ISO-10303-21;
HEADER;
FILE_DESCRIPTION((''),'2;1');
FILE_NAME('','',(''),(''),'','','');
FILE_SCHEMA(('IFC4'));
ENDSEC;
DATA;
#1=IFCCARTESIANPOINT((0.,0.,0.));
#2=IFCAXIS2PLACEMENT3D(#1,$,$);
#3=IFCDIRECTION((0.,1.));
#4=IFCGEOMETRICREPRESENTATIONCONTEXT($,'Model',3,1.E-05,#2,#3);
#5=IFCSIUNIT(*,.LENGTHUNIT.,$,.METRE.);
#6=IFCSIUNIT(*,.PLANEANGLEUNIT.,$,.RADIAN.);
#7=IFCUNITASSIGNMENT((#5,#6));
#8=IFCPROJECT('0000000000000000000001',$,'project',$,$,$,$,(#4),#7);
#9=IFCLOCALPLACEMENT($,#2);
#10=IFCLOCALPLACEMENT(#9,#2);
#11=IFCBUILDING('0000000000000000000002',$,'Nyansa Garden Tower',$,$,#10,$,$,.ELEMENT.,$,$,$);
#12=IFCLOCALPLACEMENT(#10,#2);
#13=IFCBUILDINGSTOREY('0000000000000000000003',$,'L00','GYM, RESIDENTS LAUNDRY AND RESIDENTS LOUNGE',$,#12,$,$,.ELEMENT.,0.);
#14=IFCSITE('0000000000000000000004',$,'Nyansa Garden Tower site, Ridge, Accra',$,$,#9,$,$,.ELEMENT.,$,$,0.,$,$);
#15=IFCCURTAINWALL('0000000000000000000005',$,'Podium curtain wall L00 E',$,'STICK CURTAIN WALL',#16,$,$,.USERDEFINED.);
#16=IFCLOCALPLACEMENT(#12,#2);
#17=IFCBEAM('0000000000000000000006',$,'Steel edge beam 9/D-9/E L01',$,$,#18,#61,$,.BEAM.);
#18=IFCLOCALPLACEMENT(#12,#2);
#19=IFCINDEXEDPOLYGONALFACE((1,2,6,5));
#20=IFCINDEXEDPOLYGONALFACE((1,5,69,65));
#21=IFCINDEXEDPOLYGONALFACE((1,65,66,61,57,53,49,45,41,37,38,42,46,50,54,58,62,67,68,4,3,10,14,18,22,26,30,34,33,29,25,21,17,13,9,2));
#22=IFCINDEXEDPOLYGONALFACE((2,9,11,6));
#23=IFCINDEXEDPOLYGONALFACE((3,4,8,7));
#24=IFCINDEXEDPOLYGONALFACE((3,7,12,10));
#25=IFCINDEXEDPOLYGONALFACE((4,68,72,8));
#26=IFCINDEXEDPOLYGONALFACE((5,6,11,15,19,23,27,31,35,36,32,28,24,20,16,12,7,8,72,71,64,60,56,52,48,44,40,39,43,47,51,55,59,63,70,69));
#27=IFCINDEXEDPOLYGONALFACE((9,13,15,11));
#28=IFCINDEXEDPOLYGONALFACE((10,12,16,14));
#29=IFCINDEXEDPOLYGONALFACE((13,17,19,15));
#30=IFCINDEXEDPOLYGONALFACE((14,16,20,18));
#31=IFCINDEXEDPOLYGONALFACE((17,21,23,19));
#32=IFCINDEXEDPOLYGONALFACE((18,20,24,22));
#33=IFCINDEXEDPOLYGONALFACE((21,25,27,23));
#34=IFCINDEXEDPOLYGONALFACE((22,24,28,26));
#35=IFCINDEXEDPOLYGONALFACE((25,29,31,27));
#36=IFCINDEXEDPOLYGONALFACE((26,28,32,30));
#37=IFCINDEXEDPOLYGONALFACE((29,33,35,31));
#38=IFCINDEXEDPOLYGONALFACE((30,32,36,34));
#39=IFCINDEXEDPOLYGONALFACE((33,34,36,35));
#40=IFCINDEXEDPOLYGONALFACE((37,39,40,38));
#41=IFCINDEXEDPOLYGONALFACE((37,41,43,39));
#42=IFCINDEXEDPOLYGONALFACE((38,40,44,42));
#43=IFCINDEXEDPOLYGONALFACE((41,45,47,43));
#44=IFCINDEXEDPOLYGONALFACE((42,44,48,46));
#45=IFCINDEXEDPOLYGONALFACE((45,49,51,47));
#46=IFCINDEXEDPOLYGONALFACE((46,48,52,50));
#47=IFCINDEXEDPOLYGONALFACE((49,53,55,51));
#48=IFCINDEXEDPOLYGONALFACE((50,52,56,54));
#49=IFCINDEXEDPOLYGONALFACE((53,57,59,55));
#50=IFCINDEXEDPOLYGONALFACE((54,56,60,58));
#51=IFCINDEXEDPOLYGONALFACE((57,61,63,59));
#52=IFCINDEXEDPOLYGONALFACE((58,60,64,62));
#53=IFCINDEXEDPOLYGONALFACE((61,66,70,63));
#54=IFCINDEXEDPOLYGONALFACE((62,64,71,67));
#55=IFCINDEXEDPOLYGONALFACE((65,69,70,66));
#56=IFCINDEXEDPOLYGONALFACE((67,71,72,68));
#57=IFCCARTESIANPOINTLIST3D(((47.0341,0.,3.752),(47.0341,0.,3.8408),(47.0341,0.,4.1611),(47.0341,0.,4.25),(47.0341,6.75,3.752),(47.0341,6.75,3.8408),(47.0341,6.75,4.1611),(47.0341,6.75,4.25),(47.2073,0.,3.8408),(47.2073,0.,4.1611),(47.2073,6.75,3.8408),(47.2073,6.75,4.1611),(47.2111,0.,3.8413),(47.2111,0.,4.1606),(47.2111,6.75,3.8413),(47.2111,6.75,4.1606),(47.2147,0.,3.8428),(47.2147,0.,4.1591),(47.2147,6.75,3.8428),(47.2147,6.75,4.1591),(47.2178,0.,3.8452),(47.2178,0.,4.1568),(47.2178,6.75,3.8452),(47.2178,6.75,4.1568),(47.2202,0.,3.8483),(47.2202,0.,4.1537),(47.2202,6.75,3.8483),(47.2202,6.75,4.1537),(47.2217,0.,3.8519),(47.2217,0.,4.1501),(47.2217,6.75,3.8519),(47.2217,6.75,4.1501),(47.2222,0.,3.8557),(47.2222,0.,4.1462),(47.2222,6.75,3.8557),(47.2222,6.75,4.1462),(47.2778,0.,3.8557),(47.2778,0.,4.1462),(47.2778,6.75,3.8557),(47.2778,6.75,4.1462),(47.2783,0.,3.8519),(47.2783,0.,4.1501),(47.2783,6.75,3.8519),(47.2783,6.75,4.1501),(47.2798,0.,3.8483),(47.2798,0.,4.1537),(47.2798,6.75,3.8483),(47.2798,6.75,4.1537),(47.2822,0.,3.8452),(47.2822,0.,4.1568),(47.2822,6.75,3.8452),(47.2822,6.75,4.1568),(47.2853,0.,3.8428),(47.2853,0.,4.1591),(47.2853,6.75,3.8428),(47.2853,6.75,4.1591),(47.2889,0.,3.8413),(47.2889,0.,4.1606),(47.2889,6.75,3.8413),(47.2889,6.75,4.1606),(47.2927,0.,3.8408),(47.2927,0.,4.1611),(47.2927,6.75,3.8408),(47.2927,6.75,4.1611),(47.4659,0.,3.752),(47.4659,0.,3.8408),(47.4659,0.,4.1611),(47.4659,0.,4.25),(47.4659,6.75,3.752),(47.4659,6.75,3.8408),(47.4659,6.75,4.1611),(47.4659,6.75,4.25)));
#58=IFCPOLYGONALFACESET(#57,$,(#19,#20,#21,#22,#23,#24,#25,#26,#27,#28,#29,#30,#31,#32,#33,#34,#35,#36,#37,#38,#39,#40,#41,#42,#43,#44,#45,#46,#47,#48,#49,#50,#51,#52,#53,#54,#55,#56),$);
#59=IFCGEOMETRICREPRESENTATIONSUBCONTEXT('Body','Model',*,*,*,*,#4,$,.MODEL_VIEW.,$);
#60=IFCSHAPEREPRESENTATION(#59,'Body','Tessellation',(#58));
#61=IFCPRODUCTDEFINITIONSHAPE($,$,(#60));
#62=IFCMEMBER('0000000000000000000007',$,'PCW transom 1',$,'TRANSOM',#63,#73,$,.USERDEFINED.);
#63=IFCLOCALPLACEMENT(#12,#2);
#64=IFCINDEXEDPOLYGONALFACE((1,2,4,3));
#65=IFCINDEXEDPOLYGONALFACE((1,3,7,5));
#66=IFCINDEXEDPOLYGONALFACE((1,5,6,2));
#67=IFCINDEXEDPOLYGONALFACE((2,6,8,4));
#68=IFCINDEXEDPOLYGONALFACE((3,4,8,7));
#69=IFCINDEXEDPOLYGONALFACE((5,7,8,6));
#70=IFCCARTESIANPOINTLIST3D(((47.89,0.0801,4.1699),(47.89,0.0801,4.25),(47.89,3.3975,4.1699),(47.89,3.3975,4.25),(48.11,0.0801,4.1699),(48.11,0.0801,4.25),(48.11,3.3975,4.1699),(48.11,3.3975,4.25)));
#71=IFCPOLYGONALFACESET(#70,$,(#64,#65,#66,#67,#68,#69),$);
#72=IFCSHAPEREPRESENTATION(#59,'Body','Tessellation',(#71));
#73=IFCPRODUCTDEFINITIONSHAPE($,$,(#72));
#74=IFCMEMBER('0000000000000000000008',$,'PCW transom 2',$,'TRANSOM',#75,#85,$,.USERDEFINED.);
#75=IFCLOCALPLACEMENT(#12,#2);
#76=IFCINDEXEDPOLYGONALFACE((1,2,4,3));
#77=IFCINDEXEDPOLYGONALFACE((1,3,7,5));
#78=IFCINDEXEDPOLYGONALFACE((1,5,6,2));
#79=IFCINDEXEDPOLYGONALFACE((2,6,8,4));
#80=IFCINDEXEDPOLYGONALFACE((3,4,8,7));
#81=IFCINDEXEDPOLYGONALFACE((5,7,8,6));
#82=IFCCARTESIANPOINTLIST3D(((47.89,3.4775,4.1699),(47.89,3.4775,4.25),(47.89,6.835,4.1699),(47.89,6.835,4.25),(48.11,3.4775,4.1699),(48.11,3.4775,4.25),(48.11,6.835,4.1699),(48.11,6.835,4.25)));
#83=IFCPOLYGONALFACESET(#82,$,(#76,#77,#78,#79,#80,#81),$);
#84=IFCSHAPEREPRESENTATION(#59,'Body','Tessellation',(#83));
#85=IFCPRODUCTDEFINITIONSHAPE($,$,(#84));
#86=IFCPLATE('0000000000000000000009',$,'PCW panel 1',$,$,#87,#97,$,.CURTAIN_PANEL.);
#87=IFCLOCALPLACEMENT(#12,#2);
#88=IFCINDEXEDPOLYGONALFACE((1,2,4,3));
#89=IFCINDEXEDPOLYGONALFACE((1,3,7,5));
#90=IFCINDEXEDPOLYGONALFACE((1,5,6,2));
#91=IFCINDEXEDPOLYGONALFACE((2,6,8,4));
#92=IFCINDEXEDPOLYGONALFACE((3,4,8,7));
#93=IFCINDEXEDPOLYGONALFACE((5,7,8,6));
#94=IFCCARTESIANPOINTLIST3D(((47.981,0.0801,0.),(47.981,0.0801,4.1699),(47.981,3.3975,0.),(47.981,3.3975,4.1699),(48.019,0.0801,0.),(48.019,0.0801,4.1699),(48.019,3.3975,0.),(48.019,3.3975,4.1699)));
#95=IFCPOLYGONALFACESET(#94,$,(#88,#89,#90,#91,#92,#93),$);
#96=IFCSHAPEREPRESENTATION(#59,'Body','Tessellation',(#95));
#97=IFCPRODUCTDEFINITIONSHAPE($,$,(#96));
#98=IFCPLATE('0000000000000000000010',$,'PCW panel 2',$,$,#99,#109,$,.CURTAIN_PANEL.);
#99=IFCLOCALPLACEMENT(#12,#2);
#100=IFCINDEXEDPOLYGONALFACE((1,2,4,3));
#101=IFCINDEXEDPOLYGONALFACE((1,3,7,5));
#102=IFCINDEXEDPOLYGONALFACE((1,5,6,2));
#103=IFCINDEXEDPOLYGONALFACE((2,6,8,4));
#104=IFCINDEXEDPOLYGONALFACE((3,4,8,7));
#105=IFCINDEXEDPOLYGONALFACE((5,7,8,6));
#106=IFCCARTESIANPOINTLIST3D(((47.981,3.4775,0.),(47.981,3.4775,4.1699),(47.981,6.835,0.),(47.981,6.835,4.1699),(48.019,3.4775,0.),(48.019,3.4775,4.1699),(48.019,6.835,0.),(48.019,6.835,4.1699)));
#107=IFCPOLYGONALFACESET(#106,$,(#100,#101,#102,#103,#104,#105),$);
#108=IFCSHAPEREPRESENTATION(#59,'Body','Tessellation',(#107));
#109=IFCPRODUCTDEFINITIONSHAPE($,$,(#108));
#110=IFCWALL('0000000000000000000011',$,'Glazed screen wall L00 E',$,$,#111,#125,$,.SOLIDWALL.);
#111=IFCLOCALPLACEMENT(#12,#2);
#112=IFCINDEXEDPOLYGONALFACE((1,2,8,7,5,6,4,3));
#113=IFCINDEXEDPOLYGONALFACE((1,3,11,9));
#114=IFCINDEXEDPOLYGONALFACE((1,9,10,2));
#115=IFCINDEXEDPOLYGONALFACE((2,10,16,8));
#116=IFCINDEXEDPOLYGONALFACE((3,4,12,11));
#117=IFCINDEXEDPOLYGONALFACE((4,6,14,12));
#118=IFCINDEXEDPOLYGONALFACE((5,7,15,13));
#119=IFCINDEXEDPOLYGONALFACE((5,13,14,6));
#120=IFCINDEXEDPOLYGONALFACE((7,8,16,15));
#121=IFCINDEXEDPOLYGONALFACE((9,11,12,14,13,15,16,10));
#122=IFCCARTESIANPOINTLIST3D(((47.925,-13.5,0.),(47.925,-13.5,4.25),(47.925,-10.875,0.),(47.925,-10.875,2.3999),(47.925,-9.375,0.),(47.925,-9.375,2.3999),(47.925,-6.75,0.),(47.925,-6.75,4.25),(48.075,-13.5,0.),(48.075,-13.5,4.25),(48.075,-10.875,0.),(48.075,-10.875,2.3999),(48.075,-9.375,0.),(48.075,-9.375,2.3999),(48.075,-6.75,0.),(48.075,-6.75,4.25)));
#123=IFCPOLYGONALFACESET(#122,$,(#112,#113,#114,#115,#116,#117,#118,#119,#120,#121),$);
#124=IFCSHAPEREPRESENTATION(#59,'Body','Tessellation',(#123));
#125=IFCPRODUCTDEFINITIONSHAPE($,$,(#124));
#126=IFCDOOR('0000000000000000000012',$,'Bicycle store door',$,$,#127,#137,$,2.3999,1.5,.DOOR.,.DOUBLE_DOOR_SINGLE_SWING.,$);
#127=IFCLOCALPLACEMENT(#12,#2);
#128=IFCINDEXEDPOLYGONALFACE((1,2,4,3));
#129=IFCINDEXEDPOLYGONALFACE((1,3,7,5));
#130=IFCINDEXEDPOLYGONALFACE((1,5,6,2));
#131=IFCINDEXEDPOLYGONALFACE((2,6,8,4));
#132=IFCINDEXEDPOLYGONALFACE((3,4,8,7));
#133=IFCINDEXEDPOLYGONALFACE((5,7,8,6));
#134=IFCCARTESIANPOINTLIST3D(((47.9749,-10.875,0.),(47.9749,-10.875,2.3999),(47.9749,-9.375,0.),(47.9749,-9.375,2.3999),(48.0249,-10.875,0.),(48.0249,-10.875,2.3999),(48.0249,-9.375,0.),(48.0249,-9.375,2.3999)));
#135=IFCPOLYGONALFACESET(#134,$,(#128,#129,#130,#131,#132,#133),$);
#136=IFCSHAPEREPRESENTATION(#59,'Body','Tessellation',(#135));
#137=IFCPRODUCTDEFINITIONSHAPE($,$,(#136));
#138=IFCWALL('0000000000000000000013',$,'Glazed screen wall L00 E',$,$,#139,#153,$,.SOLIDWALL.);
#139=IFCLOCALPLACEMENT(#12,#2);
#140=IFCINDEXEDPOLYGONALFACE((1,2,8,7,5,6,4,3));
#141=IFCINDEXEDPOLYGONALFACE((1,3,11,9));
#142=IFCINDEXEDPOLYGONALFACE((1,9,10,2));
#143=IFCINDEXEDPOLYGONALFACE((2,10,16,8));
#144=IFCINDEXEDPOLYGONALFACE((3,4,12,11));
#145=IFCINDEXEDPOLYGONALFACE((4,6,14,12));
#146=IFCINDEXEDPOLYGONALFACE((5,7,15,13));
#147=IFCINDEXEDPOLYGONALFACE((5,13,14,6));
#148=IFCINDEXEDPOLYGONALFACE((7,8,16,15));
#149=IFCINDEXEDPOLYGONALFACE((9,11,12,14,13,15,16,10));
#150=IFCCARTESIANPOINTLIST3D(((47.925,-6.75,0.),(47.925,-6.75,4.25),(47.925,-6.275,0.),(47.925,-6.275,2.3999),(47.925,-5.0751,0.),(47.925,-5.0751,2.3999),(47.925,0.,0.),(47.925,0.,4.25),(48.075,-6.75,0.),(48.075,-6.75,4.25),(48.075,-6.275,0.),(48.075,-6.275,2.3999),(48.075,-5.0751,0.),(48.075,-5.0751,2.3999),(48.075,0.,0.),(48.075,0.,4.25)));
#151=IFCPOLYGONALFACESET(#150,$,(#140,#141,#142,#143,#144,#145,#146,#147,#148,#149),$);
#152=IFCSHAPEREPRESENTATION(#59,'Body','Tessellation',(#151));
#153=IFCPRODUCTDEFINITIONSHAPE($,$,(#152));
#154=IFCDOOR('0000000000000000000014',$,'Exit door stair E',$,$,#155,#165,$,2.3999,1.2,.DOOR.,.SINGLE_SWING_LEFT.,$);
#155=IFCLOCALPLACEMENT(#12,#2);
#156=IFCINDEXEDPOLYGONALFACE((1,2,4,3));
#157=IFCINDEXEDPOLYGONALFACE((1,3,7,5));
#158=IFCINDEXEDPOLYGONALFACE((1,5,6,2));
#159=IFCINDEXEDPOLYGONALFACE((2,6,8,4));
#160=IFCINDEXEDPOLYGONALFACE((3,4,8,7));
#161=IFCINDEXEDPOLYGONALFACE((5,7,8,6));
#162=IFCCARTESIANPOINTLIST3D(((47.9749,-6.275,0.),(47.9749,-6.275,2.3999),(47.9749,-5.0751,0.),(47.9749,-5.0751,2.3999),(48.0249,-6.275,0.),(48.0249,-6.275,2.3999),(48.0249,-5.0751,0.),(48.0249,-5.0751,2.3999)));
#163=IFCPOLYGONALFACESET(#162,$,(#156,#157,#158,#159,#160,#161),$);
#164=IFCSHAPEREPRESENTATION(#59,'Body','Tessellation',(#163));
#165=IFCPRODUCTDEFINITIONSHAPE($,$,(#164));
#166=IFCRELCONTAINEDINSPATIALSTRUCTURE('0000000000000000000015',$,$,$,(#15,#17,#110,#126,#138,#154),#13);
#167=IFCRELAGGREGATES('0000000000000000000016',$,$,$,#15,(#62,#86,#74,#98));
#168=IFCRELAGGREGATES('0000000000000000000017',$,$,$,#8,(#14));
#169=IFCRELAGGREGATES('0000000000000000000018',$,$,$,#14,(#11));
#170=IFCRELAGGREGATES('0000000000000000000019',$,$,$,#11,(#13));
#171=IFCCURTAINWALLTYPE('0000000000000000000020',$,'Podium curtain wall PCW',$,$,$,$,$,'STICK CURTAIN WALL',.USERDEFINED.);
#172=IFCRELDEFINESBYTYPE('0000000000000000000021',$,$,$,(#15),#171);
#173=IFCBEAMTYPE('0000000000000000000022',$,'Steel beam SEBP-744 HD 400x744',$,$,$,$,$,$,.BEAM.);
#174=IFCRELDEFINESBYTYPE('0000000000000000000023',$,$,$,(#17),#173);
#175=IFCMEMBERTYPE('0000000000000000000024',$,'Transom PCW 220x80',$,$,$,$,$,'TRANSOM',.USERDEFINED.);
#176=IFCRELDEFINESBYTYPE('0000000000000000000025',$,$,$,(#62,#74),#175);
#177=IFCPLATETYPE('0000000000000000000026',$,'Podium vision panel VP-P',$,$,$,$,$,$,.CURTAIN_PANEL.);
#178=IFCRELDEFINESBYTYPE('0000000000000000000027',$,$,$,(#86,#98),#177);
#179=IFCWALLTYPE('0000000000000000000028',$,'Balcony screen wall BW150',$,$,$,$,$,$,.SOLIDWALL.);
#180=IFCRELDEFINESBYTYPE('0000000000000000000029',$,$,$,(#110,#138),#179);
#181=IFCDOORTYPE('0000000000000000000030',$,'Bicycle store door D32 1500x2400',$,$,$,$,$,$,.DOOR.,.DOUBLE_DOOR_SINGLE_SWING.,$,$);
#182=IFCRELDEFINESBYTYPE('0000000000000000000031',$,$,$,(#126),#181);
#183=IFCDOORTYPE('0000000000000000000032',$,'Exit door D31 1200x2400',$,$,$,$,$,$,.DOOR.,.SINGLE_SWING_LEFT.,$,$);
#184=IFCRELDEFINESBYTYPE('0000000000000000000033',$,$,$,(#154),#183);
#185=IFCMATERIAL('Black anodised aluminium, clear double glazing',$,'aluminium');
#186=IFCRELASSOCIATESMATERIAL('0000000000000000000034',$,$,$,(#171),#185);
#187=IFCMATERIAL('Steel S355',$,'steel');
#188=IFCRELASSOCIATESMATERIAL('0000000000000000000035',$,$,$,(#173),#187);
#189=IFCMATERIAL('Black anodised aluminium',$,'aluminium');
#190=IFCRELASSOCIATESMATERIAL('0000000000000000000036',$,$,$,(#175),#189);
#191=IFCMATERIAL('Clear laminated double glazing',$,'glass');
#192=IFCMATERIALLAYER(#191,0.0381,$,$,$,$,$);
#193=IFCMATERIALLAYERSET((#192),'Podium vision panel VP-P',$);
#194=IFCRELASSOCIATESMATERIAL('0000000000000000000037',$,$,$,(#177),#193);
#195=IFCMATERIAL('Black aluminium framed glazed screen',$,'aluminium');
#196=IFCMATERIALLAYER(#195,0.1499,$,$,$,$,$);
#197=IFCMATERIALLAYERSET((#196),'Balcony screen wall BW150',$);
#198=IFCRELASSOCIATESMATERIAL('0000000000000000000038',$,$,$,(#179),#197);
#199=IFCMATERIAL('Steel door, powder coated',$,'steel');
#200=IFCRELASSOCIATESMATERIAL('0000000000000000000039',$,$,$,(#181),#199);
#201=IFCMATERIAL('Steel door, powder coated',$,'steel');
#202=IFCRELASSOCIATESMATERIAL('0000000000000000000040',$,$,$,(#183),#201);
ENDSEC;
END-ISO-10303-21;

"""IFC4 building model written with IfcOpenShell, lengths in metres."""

from ifc_helpers import new_model, si_unit, direction, frame, frame_2d, origin, origin_2d, place, context, subcontext, project, spatial, rectangle, i_section, extrude, material, layer, layer_set, material_profile, profile_set, type_object, element, fill, aggregate, save


model = new_model("IFC4")

# Units and contexts
model_context = context("Model", 3, precision=1e-05, world=origin(), true_north=direction((0.0, 1.0)))
body_context = subcontext(model_context, "Body", "Model", "MODEL_VIEW")
ifc_project = project(units=[si_unit("LENGTHUNIT", "METRE"), si_unit("PLANEANGLEUNIT", "RADIAN")], contexts=[model_context])

# Site, building, storey
site_placement = place(None, origin())
site = spatial("IfcSite", under=ifc_project, at=site_placement, Name="Nyansa Garden Tower site, Ridge, Accra", CompositionType="ELEMENT", RefElevation=0.0)
building_placement = place(site_placement, origin())
building = spatial("IfcBuilding", under=site, at=building_placement, Name="Nyansa Garden Tower", CompositionType="ELEMENT")
storey_placement = place(building_placement, origin())
storey = spatial("IfcBuildingStorey", under=building, at=storey_placement, Name="L00", Description="GYM, RESIDENTS LAUNDRY AND RESIDENTS LOUNGE", CompositionType="ELEMENT", Elevation=0.0)

# Curtain wall
ifc_material_1 = material(Name="Black anodised aluminium, clear double glazing", Category="aluminium")
curtain_wall_type = type_object("IfcCurtainWallType", Name="Podium curtain wall PCW", ElementType="STICK CURTAIN WALL", PredefinedType="USERDEFINED", material=ifc_material_1)
curtain_wall_placement = place(storey_placement, origin())
curtain_wall = element("IfcCurtainWall", 1, at=curtain_wall_placement, inside=storey, type_object=curtain_wall_type, Name="Podium curtain wall L00 E", ObjectType="STICK CURTAIN WALL", PredefinedType="USERDEFINED")

# Beam
ifc_material_2 = material(Name="Steel S355", Category="steel")
ifc_material_profile_1 = material_profile(ifc_material_2, i_section(OverallWidth=0.4319, OverallDepth=0.498, WebThickness=0.0557, FlangeThickness=0.0889, FilletRadius=0.0149, at=origin_2d()), Name="HD 400x744")
ifc_profile_set_1 = profile_set([ifc_material_profile_1], Name="Steel S355")
beam_type = type_object("IfcBeamType", Name="Steel beam SEBP-744 HD 400x744", PredefinedType="BEAM", material=ifc_profile_set_1)
for number, where, z_axis, x_axis, name in (
    (2, (47.25, 0.0, 4.001), (0.0, 1.0, 0.0), (-1.0, 0.0, 0.0), "Steel edge beam 9/D-9/E L01"),
):
    element("IfcBeam", number, at=place(storey_placement, frame(where, z_axis=z_axis, x_axis=x_axis)), inside=storey, type_object=beam_type, Name=name, PredefinedType="BEAM", context=body_context, shape_type="SweptSolid", body=[
        extrude(i_section(OverallWidth=0.4319, OverallDepth=0.498, WebThickness=0.0557, FlangeThickness=0.0889, FilletRadius=0.0149, at=origin_2d()), origin(), (0.0, 0.0, 1.0), 6.75),
    ])

# Members
ifc_material_3 = material(Name="Black anodised aluminium", Category="aluminium")
ifc_material_profile_2 = material_profile(ifc_material_3, rectangle(XDim=0.22, YDim=0.0801, at=origin_2d()), Name="Transom 220x80")
ifc_profile_set_2 = profile_set([ifc_material_profile_2], Name="Black anodised aluminium")
member_type_1 = type_object("IfcMemberType", Name="Transom PCW 220x80", ElementType="TRANSOM", PredefinedType="USERDEFINED", material=ifc_profile_set_2)
member_1_placement = place(storey_placement, frame((48.0, 0.0801, 4.21), z_axis=(0.0, 1.0, 0.0), x_axis=(-1.0, 0.0, 0.0)))
member_1 = element("IfcMember", 3, at=member_1_placement, type_object=member_type_1, Name="PCW transom 1", ObjectType="TRANSOM", PredefinedType="USERDEFINED", context=body_context, shape_type="SweptSolid", body=[
    extrude(rectangle(XDim=0.22, YDim=0.0801, at=origin_2d()), origin(), (0.0, 0.0, 1.0), 3.3174),
])
member_2_placement = place(storey_placement, frame((48.0, 3.4775, 4.21), z_axis=(0.0, 1.0, 0.0), x_axis=(-1.0, 0.0, 0.0)))
member_2 = element("IfcMember", 4, at=member_2_placement, type_object=member_type_1, Name="PCW transom 2", ObjectType="TRANSOM", PredefinedType="USERDEFINED", context=body_context, shape_type="SweptSolid", body=[
    extrude(rectangle(XDim=0.22, YDim=0.0801, at=origin_2d()), origin(), (0.0, 0.0, 1.0), 3.3574),
])

# Plates
ifc_material_4 = material(Name="Clear laminated double glazing", Category="glass")
ifc_layer_1 = layer(ifc_material_4, 0.0381)
ifc_layer_set_1 = layer_set([ifc_layer_1], Name="Podium vision panel VP-P")
plate_type = type_object("IfcPlateType", Name="Podium vision panel VP-P", PredefinedType="CURTAIN_PANEL", material=ifc_layer_set_1)
plate_1_placement = place(storey_placement, frame((48.0, 1.7388, 0.0), z_axis=(0.0, 0.0, 1.0), x_axis=(0.0, 1.0, 0.0)))
plate_1 = element("IfcPlate", 5, at=plate_1_placement, type_object=plate_type, Name="PCW panel 1", PredefinedType="CURTAIN_PANEL", context=body_context, shape_type="SweptSolid", body=[
    extrude(rectangle(XDim=3.3174, YDim=0.0381, at=origin_2d()), origin(), (0.0, 0.0, 1.0), 4.1699),
])
plate_2_placement = place(storey_placement, frame((48.0, 5.1562, 0.0), z_axis=(0.0, 0.0, 1.0), x_axis=(0.0, 1.0, 0.0)))
plate_2 = element("IfcPlate", 6, at=plate_2_placement, type_object=plate_type, Name="PCW panel 2", PredefinedType="CURTAIN_PANEL", context=body_context, shape_type="SweptSolid", body=[
    extrude(rectangle(XDim=3.3574, YDim=0.0381, at=origin_2d()), origin(), (0.0, 0.0, 1.0), 4.1699),
])
aggregate(curtain_wall, [member_1, plate_1, member_2, plate_2])

# Walls, openings, doors
ifc_material_5 = material(Name="Black aluminium framed glazed screen", Category="aluminium")
ifc_layer_2 = layer(ifc_material_5, 0.1499)
ifc_layer_set_2 = layer_set([ifc_layer_2], Name="Balcony screen wall BW150")
wall_type_1 = type_object("IfcWallType", Name="Balcony screen wall BW150", PredefinedType="SOLIDWALL", material=ifc_layer_set_2)
wall_1_placement = place(storey_placement, frame((48.0, -6.75, 0.0), z_axis=(0.0, 0.0, 1.0), x_axis=(0.0, -1.0, 0.0)))
wall_1 = element("IfcWall", 7, at=wall_1_placement, inside=storey, type_object=wall_type_1, Name="Glazed screen wall L00 E", PredefinedType="SOLIDWALL", context=body_context, shape_type="SweptSolid", body=[
    extrude(rectangle(XDim=6.75, YDim=0.1499, at=frame_2d((3.375, 0.0))), origin(), (0.0, 0.0, 1.0), 4.25),
])
opening_1_placement = place(wall_1_placement, frame((2.625, 0.0, 0.0)))
opening_1 = element("IfcOpeningElement", 8, at=opening_1_placement, cuts=wall_1, PredefinedType="OPENING", context=body_context, shape_type="SweptSolid", body=[
    extrude(rectangle(XDim=1.5, YDim=2.3999, at=frame_2d((0.75, 1.2))), frame((0.0, 0.085, 0.0), z_axis=(0.0, -1.0, 0.0), x_axis=(1.0, 0.0, 0.0)), (0.0, 0.0, 1.0), 0.1699),
])
ifc_material_6 = material(Name="Steel door, powder coated", Category="steel")
door_type_1 = type_object("IfcDoorType", Name="Bicycle store door D32 1500x2400", OperationType="DOUBLE_DOOR_SINGLE_SWING", PredefinedType="DOOR", material=ifc_material_6)
door_1_placement = place(opening_1_placement, origin())
door_1 = element("IfcDoor", 9, at=door_1_placement, inside=storey, type_object=door_type_1, Name="Bicycle store door", OperationType="DOUBLE_DOOR_SINGLE_SWING", OverallHeight=2.3999, OverallWidth=1.5, PredefinedType="DOOR", context=body_context, shape_type="SweptSolid", body=[
    extrude(rectangle(XDim=1.5, YDim=2.3999, at=frame_2d((0.75, 1.2))), frame((0.0, 0.0249, 0.0), z_axis=(0.0, -1.0, 0.0), x_axis=(1.0, 0.0, 0.0)), (0.0, 0.0, 1.0), 0.05),
])
fill(opening_1, door_1)
wall_2_placement = place(storey_placement, frame((48.0, 0.0, 0.0), z_axis=(0.0, 0.0, 1.0), x_axis=(0.0, -1.0, 0.0)))
wall_2 = element("IfcWall", 10, at=wall_2_placement, inside=storey, type_object=wall_type_1, Name="Glazed screen wall L00 E", PredefinedType="SOLIDWALL", context=body_context, shape_type="SweptSolid", body=[
    extrude(rectangle(XDim=6.75, YDim=0.1499, at=frame_2d((3.375, 0.0))), origin(), (0.0, 0.0, 1.0), 4.25),
])
opening_2_placement = place(wall_2_placement, frame((5.075, 0.0, 0.0)))
opening_2 = element("IfcOpeningElement", 11, at=opening_2_placement, cuts=wall_2, PredefinedType="OPENING", context=body_context, shape_type="SweptSolid", body=[
    extrude(rectangle(XDim=1.2, YDim=2.3999, at=frame_2d((0.6001, 1.2))), frame((0.0, 0.085, 0.0), z_axis=(0.0, -1.0, 0.0), x_axis=(1.0, 0.0, 0.0)), (0.0, 0.0, 1.0), 0.1699),
])
ifc_material_7 = material(Name="Steel door, powder coated", Category="steel")
door_type_2 = type_object("IfcDoorType", Name="Exit door D31 1200x2400", OperationType="SINGLE_SWING_LEFT", PredefinedType="DOOR", material=ifc_material_7)
door_2_placement = place(opening_2_placement, origin())
door_2 = element("IfcDoor", 12, at=door_2_placement, inside=storey, type_object=door_type_2, Name="Exit door stair E", OperationType="SINGLE_SWING_LEFT", OverallHeight=2.3999, OverallWidth=1.2, PredefinedType="DOOR", context=body_context, shape_type="SweptSolid", body=[
    extrude(rectangle(XDim=1.2, YDim=2.3999, at=frame_2d((0.6001, 1.2))), frame((0.0, 0.0249, 0.0), z_axis=(0.0, -1.0, 0.0), x_axis=(1.0, 0.0, 0.0)), (0.0, 0.0, 1.0), 0.05),
])
fill(opening_2, door_2)

save(model, "model.ifc")
